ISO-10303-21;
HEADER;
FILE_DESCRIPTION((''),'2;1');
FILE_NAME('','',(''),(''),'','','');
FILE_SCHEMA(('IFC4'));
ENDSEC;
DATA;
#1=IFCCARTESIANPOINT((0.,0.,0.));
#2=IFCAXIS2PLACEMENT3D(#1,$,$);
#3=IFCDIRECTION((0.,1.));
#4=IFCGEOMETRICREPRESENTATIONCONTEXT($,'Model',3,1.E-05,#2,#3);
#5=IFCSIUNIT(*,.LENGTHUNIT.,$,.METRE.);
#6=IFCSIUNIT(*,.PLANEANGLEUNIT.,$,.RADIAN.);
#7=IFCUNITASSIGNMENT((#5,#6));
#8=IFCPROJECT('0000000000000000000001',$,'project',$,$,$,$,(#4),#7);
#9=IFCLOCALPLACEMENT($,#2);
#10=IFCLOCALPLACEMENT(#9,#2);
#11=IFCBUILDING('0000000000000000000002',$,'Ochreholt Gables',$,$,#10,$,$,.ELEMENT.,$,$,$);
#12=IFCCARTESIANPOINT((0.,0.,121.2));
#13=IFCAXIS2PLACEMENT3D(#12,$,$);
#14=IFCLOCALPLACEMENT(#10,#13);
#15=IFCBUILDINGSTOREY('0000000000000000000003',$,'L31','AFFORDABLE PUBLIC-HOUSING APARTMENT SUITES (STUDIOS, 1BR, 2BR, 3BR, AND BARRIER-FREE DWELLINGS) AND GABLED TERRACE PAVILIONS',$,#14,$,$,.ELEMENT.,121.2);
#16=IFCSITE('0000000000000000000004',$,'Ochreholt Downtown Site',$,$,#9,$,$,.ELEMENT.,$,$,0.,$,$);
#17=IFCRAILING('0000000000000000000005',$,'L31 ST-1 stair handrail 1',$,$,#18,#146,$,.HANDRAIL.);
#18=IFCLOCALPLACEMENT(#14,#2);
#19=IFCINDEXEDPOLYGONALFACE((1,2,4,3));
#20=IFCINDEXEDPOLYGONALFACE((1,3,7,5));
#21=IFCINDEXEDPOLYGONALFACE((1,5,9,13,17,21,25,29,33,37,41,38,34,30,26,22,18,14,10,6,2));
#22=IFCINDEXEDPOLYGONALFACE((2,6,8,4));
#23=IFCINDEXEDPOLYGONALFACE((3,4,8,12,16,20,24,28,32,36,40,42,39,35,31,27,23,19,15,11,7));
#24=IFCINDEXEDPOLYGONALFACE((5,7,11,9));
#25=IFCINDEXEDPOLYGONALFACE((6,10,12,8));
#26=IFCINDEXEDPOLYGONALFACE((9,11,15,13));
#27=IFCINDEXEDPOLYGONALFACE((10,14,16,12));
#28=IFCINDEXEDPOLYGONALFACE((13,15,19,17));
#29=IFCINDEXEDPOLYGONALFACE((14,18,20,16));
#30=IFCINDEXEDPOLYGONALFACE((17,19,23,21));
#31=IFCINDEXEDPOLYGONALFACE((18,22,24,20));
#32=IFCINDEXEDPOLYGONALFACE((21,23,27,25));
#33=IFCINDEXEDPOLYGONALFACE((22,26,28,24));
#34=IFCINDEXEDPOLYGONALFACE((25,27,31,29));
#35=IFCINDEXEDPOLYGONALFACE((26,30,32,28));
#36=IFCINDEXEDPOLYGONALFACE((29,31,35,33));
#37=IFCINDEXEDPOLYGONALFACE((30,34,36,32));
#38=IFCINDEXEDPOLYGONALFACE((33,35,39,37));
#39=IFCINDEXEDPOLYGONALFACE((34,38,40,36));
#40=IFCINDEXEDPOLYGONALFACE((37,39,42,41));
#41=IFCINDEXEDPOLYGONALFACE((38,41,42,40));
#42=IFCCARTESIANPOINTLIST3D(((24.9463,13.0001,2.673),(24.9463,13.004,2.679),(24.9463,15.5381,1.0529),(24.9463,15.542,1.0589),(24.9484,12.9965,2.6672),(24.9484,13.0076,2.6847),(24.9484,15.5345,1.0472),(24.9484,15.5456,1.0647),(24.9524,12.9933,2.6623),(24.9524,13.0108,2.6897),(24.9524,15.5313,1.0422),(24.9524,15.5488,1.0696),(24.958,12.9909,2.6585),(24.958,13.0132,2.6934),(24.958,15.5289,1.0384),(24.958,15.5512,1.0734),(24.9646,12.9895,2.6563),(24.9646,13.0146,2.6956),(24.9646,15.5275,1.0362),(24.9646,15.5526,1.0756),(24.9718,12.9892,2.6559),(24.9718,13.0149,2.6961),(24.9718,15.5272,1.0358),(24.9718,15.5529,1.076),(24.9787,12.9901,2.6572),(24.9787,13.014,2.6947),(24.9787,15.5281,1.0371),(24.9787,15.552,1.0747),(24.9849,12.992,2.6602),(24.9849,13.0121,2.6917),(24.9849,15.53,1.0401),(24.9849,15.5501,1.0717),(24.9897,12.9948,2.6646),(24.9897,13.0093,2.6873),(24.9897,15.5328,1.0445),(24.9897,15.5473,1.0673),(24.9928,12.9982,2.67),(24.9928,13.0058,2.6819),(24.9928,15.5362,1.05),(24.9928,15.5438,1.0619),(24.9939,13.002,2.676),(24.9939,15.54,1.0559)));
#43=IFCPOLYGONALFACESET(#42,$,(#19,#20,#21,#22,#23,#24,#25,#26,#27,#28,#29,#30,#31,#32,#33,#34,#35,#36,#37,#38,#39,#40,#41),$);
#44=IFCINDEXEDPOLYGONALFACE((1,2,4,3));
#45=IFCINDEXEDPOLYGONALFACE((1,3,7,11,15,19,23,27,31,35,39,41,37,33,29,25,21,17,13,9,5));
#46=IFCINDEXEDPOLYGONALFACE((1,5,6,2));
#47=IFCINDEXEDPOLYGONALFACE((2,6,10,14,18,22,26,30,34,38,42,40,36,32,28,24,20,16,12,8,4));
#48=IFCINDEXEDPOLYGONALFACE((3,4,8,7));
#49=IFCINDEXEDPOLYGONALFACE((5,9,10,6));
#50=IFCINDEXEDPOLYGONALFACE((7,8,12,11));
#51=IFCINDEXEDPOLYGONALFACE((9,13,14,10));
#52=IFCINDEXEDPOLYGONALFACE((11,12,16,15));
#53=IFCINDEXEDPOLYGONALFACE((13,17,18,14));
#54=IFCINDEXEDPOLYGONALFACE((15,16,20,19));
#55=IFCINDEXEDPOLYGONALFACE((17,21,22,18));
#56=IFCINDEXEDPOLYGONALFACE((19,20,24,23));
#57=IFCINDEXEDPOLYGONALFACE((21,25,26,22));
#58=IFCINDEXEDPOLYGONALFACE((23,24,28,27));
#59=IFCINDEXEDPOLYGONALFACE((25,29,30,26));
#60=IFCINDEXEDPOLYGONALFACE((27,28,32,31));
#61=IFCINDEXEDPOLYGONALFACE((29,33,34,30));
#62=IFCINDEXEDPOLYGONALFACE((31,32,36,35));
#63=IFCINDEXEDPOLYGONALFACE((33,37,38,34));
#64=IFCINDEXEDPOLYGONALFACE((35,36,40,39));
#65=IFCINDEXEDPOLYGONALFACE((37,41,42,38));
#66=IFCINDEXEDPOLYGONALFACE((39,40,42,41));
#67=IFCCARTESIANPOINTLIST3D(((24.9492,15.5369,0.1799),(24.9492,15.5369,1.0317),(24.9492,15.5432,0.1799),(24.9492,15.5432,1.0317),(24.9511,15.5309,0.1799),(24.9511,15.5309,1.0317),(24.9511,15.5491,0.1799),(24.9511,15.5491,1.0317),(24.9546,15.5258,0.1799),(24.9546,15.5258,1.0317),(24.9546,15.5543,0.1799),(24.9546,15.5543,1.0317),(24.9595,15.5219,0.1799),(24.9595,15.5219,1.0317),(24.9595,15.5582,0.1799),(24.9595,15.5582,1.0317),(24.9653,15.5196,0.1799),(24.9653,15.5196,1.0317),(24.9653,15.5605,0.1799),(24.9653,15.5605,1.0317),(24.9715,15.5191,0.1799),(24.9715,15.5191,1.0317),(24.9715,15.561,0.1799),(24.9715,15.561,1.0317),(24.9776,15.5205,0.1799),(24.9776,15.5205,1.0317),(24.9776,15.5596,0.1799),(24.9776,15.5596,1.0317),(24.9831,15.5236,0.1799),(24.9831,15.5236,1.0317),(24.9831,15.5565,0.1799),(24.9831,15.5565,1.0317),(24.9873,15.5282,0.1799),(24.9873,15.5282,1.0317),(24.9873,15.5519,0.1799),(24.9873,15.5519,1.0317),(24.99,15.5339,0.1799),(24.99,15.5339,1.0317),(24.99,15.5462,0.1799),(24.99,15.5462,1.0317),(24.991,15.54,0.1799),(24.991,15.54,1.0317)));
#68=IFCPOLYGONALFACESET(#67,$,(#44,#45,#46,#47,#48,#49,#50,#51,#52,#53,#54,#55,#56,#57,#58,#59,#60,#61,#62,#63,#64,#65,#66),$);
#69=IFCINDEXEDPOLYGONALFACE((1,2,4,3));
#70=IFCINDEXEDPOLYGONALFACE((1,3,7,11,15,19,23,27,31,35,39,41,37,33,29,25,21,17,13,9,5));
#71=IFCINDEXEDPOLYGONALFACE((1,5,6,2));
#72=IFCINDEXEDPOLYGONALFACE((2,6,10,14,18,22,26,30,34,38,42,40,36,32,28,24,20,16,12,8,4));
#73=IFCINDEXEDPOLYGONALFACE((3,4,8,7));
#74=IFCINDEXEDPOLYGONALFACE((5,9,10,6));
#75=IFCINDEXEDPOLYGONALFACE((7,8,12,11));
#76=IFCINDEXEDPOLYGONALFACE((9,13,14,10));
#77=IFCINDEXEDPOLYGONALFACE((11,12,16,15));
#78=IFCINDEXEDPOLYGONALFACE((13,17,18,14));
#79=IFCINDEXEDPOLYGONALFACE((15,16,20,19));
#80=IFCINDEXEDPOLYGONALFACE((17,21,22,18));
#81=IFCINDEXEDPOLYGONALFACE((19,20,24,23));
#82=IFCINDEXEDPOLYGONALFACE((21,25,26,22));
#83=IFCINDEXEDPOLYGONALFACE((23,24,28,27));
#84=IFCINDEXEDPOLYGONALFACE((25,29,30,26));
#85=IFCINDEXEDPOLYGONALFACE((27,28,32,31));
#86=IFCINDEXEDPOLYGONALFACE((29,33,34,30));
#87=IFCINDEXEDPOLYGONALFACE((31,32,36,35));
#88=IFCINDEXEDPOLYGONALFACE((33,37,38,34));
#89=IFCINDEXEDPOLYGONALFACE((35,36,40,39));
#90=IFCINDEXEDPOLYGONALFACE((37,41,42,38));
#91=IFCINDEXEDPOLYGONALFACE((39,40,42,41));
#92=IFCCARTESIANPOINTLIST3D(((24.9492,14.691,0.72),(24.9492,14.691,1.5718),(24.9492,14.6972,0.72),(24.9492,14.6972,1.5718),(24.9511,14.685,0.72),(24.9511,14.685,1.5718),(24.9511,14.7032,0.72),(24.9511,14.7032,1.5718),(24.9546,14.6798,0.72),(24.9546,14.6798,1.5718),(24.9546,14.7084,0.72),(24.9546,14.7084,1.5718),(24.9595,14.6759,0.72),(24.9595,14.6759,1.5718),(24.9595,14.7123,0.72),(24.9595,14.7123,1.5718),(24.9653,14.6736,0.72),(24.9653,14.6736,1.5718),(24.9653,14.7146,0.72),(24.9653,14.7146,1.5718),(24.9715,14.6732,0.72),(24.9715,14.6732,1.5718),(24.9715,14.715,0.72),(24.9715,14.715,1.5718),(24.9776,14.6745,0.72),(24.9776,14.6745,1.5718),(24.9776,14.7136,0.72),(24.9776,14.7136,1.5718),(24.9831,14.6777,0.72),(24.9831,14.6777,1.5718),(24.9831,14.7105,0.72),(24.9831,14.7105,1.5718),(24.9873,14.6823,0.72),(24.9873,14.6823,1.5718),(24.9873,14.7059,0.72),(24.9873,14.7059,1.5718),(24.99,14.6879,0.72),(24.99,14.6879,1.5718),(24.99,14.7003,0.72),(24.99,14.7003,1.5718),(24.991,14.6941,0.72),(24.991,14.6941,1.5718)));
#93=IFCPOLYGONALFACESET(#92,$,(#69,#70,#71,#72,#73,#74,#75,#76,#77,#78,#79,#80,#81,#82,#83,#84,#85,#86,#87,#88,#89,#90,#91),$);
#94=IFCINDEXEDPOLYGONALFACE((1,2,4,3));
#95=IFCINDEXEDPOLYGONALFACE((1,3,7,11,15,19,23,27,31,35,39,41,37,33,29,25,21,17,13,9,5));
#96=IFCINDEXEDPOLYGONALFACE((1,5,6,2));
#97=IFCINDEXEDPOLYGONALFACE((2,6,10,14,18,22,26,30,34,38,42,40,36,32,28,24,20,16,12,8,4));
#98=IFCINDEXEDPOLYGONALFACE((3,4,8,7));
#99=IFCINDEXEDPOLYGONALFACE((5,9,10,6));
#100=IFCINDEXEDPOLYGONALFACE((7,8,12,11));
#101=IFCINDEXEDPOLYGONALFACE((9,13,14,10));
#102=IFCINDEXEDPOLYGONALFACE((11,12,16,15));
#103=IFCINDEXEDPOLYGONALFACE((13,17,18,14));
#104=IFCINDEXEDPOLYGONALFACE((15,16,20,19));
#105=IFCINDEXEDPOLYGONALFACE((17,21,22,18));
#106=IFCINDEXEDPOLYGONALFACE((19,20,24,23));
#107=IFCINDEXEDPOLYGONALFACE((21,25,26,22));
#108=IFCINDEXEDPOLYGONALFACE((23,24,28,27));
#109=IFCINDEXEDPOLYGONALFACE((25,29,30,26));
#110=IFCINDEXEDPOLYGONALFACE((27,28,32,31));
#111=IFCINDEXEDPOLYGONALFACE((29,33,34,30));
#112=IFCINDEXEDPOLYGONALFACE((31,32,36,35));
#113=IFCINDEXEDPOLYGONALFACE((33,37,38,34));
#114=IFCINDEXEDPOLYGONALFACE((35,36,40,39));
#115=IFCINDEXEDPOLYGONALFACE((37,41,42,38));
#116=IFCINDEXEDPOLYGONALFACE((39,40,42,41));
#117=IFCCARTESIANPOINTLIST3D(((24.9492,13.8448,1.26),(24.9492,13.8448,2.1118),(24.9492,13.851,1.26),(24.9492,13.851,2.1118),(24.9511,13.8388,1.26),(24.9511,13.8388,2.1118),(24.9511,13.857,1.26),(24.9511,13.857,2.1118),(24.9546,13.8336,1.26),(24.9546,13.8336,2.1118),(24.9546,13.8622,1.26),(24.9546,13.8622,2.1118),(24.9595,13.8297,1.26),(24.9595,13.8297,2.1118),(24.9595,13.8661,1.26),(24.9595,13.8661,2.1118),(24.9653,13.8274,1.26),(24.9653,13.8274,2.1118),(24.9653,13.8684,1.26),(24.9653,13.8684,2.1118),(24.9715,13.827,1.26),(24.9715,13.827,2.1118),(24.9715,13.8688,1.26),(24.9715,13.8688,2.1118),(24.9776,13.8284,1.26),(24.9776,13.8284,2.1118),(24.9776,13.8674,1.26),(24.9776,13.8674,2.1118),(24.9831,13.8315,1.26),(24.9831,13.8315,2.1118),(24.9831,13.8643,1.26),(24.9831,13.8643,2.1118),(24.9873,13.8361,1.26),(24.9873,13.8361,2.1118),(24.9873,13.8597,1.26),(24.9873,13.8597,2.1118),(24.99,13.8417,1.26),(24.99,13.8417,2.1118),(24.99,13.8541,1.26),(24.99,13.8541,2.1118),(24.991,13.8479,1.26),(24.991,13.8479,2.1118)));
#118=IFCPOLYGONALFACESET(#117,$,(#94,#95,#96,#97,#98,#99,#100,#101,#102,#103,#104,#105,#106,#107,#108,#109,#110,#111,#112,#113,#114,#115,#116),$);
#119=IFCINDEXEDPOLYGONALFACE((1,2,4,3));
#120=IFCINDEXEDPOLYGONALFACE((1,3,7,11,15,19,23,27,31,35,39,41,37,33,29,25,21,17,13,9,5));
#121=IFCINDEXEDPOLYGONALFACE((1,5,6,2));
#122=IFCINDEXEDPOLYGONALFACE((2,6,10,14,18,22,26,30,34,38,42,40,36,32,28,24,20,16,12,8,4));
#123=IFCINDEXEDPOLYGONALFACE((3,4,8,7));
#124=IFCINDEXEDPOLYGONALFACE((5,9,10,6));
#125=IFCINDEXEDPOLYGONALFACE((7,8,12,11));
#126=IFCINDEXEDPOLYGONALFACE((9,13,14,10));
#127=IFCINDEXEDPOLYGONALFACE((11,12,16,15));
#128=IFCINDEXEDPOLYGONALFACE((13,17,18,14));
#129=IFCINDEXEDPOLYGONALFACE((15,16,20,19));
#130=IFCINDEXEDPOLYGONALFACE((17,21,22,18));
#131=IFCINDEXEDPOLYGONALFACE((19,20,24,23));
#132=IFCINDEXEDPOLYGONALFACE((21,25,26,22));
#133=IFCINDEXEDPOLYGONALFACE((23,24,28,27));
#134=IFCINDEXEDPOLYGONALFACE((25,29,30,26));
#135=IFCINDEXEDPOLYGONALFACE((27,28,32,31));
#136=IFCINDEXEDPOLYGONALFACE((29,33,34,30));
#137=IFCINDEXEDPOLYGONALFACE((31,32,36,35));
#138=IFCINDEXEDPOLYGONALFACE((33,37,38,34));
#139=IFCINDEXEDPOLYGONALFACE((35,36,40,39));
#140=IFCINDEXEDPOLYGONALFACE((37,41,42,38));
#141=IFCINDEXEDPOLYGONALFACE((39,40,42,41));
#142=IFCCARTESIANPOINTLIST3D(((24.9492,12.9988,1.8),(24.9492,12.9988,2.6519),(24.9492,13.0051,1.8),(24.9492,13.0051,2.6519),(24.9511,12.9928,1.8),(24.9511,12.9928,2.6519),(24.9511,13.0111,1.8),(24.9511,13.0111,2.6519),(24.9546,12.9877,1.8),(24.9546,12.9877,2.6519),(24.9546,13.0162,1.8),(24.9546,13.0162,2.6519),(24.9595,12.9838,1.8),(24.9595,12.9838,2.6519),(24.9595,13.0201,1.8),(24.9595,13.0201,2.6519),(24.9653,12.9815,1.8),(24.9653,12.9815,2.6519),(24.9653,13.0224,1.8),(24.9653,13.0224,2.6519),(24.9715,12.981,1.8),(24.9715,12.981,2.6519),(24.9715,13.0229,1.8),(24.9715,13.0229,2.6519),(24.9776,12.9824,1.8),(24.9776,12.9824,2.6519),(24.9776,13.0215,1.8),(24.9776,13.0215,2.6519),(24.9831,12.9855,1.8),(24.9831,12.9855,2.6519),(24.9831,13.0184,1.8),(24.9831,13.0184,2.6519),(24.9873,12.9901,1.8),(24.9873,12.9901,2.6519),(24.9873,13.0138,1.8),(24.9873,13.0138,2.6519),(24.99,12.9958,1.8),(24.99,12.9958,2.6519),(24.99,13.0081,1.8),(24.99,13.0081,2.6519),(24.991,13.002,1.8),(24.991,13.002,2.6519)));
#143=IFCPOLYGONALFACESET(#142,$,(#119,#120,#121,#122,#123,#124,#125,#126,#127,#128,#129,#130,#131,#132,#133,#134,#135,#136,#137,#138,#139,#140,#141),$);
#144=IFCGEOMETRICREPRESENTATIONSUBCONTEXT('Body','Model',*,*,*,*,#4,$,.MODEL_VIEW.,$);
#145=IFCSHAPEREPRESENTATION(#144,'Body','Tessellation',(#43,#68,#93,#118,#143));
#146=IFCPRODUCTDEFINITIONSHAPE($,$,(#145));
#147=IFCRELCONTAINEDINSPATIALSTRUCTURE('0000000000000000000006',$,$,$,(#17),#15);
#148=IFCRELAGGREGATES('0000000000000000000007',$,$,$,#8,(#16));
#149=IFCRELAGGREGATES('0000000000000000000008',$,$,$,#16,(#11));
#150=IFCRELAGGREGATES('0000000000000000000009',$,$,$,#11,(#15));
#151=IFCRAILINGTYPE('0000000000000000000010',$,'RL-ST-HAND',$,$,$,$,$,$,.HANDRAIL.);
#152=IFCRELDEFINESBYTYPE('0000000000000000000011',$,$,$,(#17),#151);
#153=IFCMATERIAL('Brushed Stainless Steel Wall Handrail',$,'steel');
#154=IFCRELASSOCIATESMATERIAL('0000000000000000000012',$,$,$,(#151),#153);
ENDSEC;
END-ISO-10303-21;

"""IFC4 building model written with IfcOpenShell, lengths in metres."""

from ifc_helpers import new_model, si_unit, direction, frame, origin, origin_2d, place, context, subcontext, project, spatial, circle, extrude, material, type_object, element, save


model = new_model("IFC4")

# Units and contexts
model_context = context("Model", 3, precision=1e-05, world=origin(), true_north=direction((0.0, 1.0)))
body_context = subcontext(model_context, "Body", "Model", "MODEL_VIEW")
ifc_project = project(units=[si_unit("LENGTHUNIT", "METRE"), si_unit("PLANEANGLEUNIT", "RADIAN")], contexts=[model_context])

# Site, building, storey
site_placement = place(None, origin())
site = spatial("IfcSite", under=ifc_project, at=site_placement, Name="Ochreholt Downtown Site", CompositionType="ELEMENT", RefElevation=0.0)
building_placement = place(site_placement, origin())
building = spatial("IfcBuilding", under=site, at=building_placement, Name="Ochreholt Gables", CompositionType="ELEMENT")
storey_placement = place(building_placement, frame((0.0, 0.0, 121.2)))
storey = spatial("IfcBuildingStorey", under=building, at=storey_placement, Name="L31", Description="AFFORDABLE PUBLIC-HOUSING APARTMENT SUITES (STUDIOS, 1BR, 2BR, 3BR, AND BARRIER-FREE DWELLINGS) AND GABLED TERRACE PAVILIONS", CompositionType="ELEMENT", Elevation=121.2)

# Railing
ifc_material_1 = material(Name="Brushed Stainless Steel Wall Handrail", Category="steel")
railing_type_1 = type_object("IfcRailingType", Name="RL-ST-HAND", PredefinedType="HANDRAIL", material=ifc_material_1)
railing_1_placement = place(storey_placement, frame((24.97, 15.54, 0.1799)))
element("IfcRailing", 1, at=railing_1_placement, inside=storey, type_object=railing_type_1, Name="L31 ST-1 stair handrail 1", PredefinedType="HANDRAIL", context=body_context, shape_type="SweptSolid", body=[
    extrude(circle(Radius=0.0239, at=origin_2d()), frame((0.0, 0.0, 0.876), z_axis=(0.0, -0.842913, 0.53805), x_axis=(1.0, 0.0, 0.0)), (0.0, 0.0, 1.0), 3.011),
    extrude(circle(Radius=0.021, at=origin_2d()), origin(), (0.0, 0.0, 1.0), 0.8518),
    extrude(circle(Radius=0.021, at=origin_2d()), frame((0.0, -0.8459, 0.54)), (0.0, 0.0, 1.0), 0.8518),
    extrude(circle(Radius=0.021, at=origin_2d()), frame((0.0, -1.6921, 1.0801)), (0.0, 0.0, 1.0), 0.8518),
    extrude(circle(Radius=0.021, at=origin_2d()), frame((0.0, -2.5381, 1.6201)), (0.0, 0.0, 1.0), 0.8518),
])

save(model, "model.ifc")
